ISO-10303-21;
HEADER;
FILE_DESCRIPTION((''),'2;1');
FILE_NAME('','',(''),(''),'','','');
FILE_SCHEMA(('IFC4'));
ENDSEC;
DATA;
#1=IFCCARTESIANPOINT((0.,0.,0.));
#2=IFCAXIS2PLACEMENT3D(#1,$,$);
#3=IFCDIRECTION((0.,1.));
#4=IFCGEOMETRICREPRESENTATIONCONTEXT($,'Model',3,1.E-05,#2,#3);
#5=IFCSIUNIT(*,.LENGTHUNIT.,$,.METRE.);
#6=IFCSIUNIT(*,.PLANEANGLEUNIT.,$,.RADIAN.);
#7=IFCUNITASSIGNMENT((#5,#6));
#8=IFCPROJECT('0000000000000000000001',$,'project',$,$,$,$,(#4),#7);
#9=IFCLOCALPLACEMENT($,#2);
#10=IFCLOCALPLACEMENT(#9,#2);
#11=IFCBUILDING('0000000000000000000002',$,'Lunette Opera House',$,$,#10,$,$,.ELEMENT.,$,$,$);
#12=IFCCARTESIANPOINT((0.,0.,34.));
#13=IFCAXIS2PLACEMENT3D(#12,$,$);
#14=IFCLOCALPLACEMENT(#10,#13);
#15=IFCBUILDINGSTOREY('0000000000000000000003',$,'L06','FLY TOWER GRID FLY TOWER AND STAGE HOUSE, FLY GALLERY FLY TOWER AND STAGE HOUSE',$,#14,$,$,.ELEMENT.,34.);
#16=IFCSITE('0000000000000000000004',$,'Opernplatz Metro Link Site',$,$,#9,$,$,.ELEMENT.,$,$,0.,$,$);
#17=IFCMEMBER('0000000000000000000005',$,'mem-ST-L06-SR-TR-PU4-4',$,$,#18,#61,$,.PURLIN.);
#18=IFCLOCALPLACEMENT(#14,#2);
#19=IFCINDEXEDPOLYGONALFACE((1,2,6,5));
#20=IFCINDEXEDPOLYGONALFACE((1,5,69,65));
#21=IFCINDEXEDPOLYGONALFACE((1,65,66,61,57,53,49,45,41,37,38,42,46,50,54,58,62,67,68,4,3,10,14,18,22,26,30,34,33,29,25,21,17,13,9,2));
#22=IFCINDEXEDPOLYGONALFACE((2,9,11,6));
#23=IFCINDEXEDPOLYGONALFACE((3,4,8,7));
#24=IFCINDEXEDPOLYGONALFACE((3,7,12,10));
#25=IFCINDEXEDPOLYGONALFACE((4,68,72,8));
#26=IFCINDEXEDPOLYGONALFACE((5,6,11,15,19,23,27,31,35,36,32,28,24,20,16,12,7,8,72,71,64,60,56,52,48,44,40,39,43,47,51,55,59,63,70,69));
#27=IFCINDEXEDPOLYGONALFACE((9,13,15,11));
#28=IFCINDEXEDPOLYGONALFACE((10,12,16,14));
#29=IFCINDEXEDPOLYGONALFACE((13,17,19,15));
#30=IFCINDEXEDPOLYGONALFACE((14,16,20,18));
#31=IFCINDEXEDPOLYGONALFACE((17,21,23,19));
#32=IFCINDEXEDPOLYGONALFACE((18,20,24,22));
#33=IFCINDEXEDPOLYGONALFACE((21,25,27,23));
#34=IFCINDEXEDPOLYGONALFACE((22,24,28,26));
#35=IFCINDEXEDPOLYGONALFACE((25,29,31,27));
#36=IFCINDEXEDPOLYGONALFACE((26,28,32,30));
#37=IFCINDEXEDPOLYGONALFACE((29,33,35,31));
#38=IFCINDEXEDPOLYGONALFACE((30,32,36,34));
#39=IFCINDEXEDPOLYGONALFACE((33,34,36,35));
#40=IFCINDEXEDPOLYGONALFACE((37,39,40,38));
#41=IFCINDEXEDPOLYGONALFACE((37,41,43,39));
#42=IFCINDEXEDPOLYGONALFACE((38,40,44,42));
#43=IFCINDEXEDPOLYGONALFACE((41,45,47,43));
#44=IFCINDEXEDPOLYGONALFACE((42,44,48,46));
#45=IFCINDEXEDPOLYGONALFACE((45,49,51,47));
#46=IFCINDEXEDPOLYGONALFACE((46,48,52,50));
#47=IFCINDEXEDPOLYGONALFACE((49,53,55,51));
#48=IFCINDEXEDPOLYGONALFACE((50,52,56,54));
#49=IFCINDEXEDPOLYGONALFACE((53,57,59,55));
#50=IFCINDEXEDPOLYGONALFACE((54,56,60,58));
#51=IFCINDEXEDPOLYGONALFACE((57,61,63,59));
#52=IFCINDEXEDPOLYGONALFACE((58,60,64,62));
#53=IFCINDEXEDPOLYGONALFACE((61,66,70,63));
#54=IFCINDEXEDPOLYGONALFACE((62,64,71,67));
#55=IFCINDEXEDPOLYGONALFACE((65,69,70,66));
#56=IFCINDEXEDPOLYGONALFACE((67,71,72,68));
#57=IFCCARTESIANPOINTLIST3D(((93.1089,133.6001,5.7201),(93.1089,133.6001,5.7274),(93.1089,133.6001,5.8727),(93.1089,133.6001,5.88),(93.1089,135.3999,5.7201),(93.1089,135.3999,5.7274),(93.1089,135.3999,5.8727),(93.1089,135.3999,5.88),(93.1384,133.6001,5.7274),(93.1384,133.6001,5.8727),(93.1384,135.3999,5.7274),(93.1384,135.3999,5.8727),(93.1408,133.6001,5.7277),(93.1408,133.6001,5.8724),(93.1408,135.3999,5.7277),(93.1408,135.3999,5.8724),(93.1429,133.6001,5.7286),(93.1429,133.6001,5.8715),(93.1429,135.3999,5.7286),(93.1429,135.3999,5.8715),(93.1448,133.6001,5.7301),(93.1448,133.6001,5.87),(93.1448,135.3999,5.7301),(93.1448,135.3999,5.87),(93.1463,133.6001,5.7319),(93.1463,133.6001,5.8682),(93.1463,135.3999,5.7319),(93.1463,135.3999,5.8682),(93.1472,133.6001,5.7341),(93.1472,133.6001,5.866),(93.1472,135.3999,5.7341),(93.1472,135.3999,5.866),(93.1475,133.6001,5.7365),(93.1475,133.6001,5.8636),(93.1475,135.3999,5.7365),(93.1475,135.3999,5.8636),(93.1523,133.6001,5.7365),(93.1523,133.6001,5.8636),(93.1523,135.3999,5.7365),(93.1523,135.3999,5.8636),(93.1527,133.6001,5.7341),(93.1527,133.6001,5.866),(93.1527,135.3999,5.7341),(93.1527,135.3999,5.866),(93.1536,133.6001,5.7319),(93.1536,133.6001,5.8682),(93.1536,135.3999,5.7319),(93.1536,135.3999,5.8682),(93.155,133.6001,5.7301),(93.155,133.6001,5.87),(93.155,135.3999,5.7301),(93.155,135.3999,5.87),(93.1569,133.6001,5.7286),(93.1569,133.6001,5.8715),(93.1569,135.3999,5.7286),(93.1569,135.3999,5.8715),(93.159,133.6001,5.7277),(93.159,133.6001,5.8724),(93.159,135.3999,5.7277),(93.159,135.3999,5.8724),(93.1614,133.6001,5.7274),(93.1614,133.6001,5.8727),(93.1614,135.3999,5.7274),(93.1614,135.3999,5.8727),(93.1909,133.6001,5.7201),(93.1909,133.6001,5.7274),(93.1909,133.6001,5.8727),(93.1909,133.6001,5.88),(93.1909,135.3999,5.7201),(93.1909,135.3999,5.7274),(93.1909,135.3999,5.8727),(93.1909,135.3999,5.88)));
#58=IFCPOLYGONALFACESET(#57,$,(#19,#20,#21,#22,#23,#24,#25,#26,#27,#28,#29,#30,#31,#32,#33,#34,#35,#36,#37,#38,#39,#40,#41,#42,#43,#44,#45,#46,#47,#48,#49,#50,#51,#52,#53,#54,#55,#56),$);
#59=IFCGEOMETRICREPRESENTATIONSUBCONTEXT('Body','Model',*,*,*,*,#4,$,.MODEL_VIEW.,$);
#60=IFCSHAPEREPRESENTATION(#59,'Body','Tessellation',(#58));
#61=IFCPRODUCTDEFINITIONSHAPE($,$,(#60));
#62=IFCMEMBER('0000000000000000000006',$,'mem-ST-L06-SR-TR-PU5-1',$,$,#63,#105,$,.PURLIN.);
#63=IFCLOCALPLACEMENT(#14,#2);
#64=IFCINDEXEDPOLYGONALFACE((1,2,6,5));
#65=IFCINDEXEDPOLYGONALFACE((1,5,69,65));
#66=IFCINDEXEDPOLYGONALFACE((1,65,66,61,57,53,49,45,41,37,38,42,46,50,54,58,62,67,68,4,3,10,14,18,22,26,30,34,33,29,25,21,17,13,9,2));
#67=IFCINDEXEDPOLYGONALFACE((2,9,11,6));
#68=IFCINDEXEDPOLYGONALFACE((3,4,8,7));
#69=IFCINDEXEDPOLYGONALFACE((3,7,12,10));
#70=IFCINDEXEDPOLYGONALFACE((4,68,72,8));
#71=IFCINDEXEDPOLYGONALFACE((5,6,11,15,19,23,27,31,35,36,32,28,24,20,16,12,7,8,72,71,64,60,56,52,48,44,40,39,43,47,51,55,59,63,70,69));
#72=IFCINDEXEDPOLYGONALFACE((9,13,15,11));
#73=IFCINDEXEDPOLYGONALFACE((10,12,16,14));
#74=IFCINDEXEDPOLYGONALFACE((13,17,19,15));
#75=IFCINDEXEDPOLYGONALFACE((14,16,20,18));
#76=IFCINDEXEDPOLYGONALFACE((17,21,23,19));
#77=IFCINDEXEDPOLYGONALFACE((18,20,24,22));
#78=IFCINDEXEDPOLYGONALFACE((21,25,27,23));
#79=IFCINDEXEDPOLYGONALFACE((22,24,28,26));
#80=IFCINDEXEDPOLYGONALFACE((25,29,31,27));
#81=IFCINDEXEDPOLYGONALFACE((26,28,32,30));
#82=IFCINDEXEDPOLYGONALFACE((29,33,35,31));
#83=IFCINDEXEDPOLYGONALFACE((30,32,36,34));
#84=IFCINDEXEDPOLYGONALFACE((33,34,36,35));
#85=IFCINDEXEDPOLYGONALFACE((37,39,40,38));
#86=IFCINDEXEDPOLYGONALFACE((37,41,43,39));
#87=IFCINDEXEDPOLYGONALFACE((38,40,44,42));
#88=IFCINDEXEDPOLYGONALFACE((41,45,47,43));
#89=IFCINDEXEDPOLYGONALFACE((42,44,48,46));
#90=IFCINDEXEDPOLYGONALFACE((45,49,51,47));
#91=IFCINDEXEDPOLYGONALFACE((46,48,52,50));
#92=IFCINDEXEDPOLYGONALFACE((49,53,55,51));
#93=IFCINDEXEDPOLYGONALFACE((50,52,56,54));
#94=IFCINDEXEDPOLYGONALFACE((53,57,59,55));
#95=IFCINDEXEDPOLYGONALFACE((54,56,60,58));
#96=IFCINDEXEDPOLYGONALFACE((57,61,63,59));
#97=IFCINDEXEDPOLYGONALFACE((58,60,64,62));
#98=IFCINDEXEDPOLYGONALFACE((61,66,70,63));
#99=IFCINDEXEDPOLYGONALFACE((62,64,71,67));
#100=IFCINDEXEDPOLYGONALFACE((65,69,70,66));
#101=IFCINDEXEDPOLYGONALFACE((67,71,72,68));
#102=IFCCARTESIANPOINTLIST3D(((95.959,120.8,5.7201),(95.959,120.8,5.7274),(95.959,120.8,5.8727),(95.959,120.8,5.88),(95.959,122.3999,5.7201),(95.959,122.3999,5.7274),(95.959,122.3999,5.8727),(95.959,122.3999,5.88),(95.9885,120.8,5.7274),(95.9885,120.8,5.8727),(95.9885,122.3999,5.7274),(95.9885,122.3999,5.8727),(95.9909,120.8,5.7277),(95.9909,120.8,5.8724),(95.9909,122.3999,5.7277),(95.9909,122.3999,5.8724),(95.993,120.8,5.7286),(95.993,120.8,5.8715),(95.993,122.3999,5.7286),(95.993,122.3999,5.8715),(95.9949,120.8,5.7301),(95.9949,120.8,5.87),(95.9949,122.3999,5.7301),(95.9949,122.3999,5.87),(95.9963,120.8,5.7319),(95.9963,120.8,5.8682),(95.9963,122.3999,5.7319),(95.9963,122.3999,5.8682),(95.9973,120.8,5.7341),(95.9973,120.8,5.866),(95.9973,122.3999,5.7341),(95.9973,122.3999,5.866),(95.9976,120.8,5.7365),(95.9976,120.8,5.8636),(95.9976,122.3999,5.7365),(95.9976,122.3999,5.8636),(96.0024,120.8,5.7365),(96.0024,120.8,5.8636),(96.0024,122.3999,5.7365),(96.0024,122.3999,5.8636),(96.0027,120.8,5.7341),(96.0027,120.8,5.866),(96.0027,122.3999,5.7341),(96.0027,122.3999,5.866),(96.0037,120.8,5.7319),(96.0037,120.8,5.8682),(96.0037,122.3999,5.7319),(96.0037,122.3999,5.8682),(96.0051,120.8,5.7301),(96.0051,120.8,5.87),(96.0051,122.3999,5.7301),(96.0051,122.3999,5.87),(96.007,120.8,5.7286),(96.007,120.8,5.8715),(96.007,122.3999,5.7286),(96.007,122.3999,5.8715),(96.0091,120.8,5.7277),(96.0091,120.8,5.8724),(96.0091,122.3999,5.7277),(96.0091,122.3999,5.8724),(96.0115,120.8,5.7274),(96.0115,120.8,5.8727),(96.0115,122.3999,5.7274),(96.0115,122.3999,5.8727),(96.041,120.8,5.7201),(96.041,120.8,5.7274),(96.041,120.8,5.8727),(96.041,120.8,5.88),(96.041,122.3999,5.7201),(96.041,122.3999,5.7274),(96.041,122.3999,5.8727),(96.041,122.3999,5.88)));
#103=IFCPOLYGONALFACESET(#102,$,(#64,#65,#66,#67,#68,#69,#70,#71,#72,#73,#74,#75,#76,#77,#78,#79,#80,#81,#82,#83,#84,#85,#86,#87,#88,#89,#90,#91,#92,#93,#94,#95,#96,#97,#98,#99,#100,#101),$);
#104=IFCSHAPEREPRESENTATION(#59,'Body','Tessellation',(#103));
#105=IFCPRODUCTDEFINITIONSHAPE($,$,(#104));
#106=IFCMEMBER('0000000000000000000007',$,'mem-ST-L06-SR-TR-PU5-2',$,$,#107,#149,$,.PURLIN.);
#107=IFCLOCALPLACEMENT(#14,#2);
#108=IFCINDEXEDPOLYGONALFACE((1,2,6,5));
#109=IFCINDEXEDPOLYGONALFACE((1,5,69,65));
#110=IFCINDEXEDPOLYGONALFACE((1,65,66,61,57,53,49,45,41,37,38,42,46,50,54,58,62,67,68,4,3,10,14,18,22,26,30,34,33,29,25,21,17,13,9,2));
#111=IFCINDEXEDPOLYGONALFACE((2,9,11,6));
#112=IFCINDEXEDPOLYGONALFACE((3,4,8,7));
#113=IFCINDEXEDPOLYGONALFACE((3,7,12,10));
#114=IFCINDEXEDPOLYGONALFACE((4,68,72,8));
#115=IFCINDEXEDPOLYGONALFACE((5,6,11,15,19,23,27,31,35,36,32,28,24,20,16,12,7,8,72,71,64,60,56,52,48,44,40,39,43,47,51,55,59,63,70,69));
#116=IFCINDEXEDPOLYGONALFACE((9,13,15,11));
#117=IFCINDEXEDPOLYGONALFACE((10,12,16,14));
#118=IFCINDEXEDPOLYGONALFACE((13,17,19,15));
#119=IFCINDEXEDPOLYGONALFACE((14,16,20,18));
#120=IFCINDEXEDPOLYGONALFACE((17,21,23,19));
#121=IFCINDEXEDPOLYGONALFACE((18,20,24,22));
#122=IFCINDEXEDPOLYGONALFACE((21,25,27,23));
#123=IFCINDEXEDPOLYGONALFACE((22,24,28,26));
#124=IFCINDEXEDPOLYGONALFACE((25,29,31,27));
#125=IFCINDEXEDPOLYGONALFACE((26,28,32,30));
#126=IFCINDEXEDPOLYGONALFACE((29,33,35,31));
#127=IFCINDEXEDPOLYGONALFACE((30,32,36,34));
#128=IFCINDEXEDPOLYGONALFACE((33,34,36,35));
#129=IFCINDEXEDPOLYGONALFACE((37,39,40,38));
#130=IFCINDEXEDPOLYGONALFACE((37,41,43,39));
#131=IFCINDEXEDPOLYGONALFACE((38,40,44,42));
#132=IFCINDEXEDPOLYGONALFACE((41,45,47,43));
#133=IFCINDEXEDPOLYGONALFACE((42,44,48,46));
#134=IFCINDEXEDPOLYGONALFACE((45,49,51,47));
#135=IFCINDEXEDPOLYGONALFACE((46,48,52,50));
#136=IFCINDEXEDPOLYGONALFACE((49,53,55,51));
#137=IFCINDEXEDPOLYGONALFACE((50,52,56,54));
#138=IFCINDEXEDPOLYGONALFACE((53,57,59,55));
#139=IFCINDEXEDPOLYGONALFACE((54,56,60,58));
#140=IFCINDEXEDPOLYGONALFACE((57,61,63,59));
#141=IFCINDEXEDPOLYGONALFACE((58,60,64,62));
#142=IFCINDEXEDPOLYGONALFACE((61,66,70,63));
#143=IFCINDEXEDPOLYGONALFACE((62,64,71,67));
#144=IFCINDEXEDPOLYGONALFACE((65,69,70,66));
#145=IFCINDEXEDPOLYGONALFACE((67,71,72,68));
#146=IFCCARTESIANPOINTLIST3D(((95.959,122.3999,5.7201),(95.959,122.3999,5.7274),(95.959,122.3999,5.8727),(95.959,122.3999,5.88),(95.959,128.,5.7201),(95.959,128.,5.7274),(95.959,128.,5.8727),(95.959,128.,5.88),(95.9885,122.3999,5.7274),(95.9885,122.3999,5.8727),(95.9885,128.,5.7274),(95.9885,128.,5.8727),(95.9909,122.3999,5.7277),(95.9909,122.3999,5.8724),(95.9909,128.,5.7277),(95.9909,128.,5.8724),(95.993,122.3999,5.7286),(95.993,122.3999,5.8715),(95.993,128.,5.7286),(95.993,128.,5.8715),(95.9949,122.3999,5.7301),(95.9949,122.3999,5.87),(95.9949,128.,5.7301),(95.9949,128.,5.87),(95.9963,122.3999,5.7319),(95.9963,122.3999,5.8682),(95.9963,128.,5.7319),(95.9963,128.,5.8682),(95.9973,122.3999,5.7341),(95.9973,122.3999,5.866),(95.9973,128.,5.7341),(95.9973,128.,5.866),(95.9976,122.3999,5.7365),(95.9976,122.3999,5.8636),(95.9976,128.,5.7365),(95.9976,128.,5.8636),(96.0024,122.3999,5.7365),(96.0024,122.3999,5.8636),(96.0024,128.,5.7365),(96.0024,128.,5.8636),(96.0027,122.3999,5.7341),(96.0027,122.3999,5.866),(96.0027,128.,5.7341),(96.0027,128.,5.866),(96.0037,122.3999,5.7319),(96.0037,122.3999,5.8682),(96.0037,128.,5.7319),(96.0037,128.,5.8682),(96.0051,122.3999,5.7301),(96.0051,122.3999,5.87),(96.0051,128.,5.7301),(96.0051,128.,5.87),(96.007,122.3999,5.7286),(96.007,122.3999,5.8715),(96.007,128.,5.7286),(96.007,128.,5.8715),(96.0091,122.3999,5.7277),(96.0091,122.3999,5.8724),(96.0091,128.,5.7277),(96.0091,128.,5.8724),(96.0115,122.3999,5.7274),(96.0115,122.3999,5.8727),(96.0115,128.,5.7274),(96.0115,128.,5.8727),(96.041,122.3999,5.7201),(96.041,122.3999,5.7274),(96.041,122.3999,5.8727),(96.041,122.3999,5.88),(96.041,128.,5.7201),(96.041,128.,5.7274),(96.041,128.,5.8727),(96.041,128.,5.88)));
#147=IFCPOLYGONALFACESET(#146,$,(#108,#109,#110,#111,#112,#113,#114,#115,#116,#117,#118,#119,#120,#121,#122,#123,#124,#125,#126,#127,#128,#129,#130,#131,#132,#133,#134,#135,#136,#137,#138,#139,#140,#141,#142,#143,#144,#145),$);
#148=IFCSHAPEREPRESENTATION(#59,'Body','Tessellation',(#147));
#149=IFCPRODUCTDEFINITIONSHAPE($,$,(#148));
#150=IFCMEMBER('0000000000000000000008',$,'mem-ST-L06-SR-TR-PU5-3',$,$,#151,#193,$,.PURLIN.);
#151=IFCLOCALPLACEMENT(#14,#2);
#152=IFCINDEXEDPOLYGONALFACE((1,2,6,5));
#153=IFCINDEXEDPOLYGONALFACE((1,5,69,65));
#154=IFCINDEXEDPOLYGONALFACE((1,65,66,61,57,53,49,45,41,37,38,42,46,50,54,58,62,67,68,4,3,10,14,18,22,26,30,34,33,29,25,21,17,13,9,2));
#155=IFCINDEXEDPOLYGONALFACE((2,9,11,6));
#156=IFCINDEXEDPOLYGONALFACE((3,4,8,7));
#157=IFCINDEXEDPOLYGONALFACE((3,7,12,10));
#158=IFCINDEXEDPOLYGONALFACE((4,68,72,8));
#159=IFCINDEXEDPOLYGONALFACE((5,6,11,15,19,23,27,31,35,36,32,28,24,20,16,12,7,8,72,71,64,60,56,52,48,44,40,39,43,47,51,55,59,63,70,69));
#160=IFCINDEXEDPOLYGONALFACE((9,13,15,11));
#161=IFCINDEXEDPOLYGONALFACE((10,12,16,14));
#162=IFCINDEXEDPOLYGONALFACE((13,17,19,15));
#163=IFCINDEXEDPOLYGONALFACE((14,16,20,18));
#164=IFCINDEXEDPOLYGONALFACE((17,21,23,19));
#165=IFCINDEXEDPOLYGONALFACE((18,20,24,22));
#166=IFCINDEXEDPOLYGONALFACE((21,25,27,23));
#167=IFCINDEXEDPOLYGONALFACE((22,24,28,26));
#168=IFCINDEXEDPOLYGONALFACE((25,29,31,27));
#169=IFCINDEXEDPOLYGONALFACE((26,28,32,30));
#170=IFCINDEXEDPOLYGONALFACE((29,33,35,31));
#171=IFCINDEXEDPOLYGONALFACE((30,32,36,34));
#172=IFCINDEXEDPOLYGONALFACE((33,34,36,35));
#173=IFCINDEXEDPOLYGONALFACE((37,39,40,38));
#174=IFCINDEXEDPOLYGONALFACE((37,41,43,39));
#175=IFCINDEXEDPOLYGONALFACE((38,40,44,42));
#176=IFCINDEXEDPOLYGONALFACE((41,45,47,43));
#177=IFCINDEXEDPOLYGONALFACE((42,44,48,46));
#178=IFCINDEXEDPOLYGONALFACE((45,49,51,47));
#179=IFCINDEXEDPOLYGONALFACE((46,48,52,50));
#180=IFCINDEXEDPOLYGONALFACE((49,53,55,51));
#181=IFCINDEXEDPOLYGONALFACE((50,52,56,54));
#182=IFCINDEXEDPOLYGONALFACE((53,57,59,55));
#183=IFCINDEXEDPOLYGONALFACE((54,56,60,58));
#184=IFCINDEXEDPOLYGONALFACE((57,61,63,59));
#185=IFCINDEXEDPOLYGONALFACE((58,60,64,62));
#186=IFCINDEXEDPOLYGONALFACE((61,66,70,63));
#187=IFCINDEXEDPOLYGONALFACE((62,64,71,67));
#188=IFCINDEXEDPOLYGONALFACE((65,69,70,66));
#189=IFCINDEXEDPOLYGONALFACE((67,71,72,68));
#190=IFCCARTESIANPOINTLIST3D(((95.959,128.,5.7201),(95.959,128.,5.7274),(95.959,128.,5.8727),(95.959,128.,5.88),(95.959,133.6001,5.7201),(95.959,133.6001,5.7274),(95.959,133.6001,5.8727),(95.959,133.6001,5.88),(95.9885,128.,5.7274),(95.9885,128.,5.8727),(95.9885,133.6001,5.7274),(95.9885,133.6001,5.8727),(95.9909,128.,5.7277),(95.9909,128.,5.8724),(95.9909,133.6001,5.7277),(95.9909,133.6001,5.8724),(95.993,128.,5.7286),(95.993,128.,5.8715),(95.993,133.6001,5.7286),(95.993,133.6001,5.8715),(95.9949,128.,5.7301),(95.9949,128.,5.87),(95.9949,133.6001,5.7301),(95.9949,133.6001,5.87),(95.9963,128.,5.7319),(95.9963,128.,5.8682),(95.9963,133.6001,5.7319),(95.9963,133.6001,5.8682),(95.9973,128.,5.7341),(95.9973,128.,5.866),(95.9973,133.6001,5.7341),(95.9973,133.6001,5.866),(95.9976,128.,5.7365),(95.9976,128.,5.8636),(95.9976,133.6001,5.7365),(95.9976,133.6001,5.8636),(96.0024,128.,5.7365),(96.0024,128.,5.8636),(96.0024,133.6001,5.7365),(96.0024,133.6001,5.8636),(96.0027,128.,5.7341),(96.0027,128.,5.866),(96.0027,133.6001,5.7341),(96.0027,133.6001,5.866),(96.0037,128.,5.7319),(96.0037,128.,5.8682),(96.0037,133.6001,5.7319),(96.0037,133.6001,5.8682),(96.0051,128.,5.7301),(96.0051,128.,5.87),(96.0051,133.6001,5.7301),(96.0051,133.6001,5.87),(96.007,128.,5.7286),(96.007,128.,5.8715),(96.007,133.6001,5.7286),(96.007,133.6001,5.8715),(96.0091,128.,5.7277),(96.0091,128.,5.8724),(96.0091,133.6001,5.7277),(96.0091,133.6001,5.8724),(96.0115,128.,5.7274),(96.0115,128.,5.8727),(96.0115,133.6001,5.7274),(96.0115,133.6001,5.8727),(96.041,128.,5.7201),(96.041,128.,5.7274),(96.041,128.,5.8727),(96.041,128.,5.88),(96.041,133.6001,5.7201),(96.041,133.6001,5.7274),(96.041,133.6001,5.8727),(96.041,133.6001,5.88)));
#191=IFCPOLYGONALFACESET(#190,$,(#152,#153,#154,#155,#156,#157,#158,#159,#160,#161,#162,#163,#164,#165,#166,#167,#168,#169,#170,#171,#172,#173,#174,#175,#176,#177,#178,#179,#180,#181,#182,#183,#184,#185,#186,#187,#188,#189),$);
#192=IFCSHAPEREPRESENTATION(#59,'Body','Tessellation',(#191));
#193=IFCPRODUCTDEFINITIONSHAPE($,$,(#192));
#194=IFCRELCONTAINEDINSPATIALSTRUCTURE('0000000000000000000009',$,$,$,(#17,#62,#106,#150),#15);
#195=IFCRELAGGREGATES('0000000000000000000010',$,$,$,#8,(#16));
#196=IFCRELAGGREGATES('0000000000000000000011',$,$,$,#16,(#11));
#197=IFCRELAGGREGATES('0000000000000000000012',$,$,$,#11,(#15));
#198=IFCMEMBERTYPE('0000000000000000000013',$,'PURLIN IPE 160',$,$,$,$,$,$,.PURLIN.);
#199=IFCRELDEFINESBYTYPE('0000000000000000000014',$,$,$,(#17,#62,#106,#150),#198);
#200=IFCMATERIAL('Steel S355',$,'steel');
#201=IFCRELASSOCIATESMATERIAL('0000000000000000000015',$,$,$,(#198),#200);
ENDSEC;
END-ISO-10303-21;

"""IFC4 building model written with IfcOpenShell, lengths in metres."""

from ifc_helpers import new_model, si_unit, direction, frame, origin, origin_2d, place, context, subcontext, project, spatial, i_section, extrude, material, material_profile, profile_set, type_object, element, save


model = new_model("IFC4")

# Units and contexts
model_context = context("Model", 3, precision=1e-05, world=origin(), true_north=direction((0.0, 1.0)))
body_context = subcontext(model_context, "Body", "Model", "MODEL_VIEW")
ifc_project = project(units=[si_unit("LENGTHUNIT", "METRE"), si_unit("PLANEANGLEUNIT", "RADIAN")], contexts=[model_context])

# Site, building, storey
site_placement = place(None, origin())
site = spatial("IfcSite", under=ifc_project, at=site_placement, Name="Opernplatz Metro Link Site", CompositionType="ELEMENT", RefElevation=0.0)
building_placement = place(site_placement, origin())
building = spatial("IfcBuilding", under=site, at=building_placement, Name="Lunette Opera House", CompositionType="ELEMENT")
storey_placement = place(building_placement, frame((0.0, 0.0, 34.0)))
storey = spatial("IfcBuildingStorey", under=building, at=storey_placement, Name="L06", Description="FLY TOWER GRID FLY TOWER AND STAGE HOUSE, FLY GALLERY FLY TOWER AND STAGE HOUSE", CompositionType="ELEMENT", Elevation=34.0)

# Members
ifc_material_1 = material(Name="Steel S355", Category="steel")
ifc_material_profile_1 = material_profile(ifc_material_1, i_section(OverallWidth=0.082, OverallDepth=0.1599, WebThickness=0.0049, FlangeThickness=0.0073, FilletRadius=0.009, at=origin_2d()), Name="IPE 160")
ifc_profile_set_1 = profile_set([ifc_material_profile_1], Name="Steel S355")
member_type_1 = type_object("IfcMemberType", Name="PURLIN IPE 160", PredefinedType="PURLIN", material=ifc_profile_set_1)
member_1_placement = place(storey_placement, frame((93.1499, 133.6001, 5.8), z_axis=(0.0, 1.0, 0.0), x_axis=(-1.0, 0.0, 0.0)))
element("IfcMember", 1, at=member_1_placement, inside=storey, type_object=member_type_1, Name="mem-ST-L06-SR-TR-PU4-4", PredefinedType="PURLIN", context=body_context, shape_type="SweptSolid", body=[
    extrude(i_section(OverallWidth=0.082, OverallDepth=0.1599, WebThickness=0.0049, FlangeThickness=0.0073, FilletRadius=0.009, at=origin_2d()), origin(), (0.0, 0.0, 1.0), 1.7998),
])
member_2_placement = place(storey_placement, frame((96.0, 120.8, 5.8), z_axis=(0.0, 1.0, 0.0), x_axis=(-1.0, 0.0, 0.0)))
element("IfcMember", 2, at=member_2_placement, inside=storey, type_object=member_type_1, Name="mem-ST-L06-SR-TR-PU5-1", PredefinedType="PURLIN", context=body_context, shape_type="SweptSolid", body=[
    extrude(i_section(OverallWidth=0.082, OverallDepth=0.1599, WebThickness=0.0049, FlangeThickness=0.0073, FilletRadius=0.009, at=origin_2d()), origin(), (0.0, 0.0, 1.0), 1.5999),
])
for number, where, z_axis, x_axis, name in (
    (3, (96.0, 122.3999, 5.8), (0.0, 1.0, 0.0), (-1.0, 0.0, 0.0), "mem-ST-L06-SR-TR-PU5-2"),
    (4, (96.0, 128.0, 5.8), (0.0, 1.0, 0.0), (-1.0, 0.0, 0.0), "mem-ST-L06-SR-TR-PU5-3"),
):
    element("IfcMember", number, at=place(storey_placement, frame(where, z_axis=z_axis, x_axis=x_axis)), inside=storey, type_object=member_type_1, Name=name, PredefinedType="PURLIN", context=body_context, shape_type="SweptSolid", body=[
        extrude(i_section(OverallWidth=0.082, OverallDepth=0.1599, WebThickness=0.0049, FlangeThickness=0.0073, FilletRadius=0.009, at=origin_2d()), origin(), (0.0, 0.0, 1.0), 5.6001),
    ])

save(model, "model.ifc")
